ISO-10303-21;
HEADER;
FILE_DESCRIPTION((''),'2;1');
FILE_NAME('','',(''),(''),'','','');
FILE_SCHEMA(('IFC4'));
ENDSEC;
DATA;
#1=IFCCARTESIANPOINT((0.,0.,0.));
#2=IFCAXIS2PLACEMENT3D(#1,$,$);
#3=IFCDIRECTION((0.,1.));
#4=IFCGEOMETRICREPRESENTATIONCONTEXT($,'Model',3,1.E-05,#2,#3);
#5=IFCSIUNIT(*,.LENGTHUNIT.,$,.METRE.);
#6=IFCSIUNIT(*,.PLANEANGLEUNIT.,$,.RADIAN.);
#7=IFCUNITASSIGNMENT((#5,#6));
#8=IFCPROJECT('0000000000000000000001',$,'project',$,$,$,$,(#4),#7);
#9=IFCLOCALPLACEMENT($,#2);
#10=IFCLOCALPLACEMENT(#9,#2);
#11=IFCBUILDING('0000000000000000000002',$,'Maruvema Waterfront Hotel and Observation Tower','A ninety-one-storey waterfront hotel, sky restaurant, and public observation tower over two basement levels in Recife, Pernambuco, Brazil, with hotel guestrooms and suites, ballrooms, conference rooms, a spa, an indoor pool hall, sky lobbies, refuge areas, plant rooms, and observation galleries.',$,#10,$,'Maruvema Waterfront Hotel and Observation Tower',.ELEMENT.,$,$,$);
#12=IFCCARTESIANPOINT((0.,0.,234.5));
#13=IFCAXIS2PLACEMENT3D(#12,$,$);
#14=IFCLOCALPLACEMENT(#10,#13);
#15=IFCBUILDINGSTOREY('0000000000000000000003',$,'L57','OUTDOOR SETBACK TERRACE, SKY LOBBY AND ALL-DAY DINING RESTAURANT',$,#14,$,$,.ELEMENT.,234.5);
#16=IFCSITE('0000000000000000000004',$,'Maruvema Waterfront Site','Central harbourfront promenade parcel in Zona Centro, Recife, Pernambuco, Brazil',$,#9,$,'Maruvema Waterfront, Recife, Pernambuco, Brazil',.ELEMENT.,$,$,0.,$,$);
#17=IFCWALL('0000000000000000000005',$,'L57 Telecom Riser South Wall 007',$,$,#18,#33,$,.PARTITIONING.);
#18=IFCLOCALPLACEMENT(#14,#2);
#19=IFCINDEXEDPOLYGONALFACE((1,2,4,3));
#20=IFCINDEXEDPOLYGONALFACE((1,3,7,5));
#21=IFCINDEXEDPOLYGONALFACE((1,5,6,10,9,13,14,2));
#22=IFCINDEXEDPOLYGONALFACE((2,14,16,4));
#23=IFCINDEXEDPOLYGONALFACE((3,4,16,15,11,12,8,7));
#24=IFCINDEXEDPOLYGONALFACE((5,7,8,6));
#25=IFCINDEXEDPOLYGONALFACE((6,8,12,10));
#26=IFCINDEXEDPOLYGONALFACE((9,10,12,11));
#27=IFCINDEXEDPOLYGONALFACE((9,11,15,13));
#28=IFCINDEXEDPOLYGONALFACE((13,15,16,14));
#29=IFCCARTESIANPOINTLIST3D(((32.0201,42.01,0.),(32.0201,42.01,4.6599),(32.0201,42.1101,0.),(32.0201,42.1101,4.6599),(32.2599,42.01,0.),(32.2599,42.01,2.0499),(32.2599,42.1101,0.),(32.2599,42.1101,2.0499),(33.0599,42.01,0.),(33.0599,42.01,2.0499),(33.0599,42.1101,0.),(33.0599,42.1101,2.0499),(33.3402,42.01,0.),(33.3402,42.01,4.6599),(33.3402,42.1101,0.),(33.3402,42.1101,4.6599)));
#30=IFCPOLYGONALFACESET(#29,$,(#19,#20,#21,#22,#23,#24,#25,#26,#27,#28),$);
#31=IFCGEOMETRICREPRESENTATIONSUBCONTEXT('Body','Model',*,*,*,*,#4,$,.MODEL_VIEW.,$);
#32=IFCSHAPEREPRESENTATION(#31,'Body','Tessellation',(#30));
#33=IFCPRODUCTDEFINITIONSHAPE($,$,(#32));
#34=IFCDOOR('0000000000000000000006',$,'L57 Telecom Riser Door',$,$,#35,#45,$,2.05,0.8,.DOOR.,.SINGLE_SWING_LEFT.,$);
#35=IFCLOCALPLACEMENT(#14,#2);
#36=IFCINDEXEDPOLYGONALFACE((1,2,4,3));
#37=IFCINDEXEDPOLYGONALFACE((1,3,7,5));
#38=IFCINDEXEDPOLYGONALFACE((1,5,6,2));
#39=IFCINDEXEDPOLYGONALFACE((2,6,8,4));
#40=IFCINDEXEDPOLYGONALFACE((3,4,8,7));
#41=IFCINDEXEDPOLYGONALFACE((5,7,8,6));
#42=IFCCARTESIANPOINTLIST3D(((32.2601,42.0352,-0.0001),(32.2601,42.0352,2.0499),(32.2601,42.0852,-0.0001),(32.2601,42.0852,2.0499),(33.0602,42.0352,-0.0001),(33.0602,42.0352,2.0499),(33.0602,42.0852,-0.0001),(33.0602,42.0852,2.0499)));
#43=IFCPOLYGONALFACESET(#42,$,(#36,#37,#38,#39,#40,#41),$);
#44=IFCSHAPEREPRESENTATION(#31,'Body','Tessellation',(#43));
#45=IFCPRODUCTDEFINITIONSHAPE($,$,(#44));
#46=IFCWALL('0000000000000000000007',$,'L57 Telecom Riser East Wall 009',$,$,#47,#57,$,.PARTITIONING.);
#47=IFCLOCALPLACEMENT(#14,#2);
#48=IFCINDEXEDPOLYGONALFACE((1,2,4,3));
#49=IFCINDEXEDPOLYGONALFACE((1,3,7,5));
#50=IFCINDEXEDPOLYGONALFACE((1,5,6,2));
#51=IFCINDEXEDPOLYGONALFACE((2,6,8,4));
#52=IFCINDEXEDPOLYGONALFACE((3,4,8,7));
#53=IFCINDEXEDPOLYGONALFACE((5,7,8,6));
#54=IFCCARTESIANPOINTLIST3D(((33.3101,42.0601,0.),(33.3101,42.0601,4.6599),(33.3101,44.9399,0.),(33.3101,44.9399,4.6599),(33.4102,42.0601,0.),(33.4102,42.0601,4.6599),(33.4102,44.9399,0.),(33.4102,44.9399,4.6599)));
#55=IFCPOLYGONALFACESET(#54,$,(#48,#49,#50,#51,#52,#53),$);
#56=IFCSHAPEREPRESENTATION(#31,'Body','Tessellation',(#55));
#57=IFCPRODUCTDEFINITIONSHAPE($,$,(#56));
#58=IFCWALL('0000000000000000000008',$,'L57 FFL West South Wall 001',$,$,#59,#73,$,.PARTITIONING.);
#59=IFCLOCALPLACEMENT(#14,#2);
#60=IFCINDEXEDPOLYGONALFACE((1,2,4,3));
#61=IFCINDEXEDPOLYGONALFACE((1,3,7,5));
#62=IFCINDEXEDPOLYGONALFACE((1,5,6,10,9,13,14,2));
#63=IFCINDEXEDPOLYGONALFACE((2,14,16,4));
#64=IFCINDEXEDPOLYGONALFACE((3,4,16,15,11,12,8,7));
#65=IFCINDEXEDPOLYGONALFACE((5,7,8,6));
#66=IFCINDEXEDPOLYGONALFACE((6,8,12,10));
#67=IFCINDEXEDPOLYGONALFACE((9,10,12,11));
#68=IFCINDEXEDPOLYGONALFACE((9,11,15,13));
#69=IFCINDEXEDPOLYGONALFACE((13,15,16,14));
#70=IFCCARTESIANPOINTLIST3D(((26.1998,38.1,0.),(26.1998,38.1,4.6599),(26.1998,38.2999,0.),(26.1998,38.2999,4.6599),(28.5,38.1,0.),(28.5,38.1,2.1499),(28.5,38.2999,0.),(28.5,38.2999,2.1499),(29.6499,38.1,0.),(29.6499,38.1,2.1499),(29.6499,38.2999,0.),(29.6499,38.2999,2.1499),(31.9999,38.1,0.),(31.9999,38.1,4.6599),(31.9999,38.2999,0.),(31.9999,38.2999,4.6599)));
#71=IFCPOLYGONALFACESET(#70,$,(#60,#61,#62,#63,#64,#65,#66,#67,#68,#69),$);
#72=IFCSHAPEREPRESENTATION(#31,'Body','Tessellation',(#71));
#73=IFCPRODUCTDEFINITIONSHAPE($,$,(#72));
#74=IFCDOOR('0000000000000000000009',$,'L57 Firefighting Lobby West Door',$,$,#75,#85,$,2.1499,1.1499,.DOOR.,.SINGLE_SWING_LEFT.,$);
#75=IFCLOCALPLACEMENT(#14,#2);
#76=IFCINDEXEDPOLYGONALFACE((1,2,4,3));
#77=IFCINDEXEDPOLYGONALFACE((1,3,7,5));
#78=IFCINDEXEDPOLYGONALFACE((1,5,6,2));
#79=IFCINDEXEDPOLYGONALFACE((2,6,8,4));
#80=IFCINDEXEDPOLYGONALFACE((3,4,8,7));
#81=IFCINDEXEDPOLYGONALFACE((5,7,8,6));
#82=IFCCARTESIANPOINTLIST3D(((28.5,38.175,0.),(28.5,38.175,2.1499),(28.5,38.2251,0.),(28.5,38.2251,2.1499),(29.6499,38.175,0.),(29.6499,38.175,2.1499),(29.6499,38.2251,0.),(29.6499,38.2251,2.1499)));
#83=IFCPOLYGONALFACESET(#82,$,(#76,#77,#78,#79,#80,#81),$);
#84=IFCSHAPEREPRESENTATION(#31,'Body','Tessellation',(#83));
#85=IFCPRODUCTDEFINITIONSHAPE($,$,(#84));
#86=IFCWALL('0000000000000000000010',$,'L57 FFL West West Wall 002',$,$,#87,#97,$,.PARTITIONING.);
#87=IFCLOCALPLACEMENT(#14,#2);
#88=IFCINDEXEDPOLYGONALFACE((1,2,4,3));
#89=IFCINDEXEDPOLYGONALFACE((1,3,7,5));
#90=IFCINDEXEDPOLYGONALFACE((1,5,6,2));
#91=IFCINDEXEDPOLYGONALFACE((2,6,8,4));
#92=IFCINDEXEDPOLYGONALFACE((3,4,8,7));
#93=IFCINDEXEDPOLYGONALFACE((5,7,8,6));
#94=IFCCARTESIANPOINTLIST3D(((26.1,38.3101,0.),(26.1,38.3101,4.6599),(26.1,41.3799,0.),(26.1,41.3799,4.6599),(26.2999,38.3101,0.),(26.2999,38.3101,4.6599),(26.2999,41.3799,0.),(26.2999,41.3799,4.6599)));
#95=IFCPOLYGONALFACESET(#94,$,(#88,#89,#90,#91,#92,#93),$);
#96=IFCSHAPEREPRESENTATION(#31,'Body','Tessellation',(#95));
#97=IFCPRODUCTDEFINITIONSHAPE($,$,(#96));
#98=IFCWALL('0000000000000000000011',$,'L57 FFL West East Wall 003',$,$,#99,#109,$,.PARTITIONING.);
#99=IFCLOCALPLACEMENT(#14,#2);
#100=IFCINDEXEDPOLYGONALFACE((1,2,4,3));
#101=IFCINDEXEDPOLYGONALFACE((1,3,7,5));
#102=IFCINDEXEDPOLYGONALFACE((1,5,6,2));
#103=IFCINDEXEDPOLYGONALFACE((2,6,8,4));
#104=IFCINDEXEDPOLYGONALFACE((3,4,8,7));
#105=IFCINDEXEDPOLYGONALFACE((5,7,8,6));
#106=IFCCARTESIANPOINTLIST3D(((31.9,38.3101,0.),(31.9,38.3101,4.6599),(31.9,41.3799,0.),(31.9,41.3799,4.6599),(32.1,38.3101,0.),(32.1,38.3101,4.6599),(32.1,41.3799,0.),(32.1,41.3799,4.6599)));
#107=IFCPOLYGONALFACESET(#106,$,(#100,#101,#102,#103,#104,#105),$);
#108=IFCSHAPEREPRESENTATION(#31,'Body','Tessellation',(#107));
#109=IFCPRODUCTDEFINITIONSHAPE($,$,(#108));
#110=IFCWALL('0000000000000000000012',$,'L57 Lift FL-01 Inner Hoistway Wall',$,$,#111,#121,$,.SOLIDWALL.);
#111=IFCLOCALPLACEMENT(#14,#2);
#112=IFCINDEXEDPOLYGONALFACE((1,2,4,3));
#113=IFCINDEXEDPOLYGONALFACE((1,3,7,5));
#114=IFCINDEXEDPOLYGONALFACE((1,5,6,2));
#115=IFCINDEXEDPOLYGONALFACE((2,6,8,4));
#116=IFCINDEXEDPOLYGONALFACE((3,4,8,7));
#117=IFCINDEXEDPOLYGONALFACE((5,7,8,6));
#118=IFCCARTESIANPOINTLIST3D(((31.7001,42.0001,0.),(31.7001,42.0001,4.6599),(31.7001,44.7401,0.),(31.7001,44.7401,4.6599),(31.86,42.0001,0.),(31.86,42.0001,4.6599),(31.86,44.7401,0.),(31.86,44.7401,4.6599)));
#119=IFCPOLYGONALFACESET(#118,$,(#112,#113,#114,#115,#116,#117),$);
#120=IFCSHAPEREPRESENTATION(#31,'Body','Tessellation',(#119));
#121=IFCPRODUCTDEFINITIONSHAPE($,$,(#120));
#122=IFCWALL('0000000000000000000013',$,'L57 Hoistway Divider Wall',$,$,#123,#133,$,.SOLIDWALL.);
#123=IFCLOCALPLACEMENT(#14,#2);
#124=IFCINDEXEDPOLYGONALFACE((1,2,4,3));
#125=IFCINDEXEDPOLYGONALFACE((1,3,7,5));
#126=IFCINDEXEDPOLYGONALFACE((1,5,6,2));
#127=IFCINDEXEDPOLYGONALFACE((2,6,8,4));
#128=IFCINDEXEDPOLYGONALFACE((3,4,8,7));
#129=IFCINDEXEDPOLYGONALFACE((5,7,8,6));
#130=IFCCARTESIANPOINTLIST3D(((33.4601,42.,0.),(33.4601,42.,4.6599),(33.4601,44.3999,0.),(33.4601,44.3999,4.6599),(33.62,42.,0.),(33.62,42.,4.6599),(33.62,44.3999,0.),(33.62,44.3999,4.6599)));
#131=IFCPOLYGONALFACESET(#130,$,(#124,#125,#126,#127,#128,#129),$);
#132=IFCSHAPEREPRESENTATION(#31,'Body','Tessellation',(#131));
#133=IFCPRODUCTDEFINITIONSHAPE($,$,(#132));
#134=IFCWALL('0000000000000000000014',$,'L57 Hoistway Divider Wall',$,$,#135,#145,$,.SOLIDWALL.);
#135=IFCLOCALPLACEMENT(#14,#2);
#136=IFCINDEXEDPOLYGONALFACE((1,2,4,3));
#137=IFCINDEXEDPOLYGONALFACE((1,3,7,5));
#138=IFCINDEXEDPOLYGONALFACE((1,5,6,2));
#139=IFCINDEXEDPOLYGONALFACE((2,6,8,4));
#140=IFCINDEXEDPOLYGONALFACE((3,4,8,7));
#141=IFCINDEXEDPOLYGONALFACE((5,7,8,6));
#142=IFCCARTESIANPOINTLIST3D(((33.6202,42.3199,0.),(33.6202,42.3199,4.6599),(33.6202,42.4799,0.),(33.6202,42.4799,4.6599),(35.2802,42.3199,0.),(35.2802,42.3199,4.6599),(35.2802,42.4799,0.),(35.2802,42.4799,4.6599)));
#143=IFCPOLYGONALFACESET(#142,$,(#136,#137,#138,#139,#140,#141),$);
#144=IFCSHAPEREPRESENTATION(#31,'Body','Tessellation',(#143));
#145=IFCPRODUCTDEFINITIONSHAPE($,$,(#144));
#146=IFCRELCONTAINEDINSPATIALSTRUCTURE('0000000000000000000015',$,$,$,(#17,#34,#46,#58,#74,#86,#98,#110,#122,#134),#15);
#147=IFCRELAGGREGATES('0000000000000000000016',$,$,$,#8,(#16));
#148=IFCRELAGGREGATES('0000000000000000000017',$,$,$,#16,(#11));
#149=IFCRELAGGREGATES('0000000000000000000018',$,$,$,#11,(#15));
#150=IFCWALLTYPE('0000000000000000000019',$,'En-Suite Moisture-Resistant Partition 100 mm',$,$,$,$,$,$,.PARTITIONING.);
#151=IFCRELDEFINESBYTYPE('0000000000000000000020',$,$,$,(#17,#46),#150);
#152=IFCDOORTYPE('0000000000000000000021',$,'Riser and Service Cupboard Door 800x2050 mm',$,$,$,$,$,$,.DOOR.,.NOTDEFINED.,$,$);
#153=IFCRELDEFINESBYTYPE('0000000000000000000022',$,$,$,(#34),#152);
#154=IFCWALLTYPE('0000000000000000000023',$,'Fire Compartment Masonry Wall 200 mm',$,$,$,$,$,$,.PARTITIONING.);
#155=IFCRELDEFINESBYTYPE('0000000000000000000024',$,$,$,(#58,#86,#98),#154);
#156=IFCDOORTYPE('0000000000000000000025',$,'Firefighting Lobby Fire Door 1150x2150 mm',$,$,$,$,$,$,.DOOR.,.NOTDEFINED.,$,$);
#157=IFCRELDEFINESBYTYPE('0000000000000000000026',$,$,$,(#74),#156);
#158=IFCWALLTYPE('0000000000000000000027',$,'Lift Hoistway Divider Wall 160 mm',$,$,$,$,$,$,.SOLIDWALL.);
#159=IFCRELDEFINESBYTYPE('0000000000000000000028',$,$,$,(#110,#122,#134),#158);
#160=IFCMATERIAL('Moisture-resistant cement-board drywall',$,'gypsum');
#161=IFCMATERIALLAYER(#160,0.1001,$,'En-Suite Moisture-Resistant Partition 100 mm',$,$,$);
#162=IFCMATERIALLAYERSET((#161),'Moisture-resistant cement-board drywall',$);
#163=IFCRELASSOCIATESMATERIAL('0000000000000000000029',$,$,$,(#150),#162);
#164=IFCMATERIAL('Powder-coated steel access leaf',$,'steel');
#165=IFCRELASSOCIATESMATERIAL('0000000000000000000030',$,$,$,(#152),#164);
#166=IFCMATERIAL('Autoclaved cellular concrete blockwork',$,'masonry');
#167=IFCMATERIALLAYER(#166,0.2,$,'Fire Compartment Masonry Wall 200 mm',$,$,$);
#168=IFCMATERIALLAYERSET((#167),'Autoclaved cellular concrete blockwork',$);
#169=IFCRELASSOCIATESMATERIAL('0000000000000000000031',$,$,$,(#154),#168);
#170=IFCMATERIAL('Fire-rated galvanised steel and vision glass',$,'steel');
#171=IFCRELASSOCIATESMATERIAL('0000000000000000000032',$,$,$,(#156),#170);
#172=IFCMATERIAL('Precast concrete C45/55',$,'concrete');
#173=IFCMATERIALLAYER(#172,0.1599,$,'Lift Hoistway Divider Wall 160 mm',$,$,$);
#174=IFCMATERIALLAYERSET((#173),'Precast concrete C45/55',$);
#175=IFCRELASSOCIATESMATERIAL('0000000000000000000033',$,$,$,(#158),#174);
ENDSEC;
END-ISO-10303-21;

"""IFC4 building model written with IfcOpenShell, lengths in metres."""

from ifc_helpers import new_model, si_unit, direction, frame, frame_2d, origin, place, context, subcontext, project, spatial, rectangle, extrude, material, layer, layer_set, type_object, element, fill, save


model = new_model("IFC4")

# Units and contexts
model_context = context("Model", 3, precision=1e-05, world=origin(), true_north=direction((0.0, 1.0)))
body_context = subcontext(model_context, "Body", "Model", "MODEL_VIEW")
ifc_project = project(units=[si_unit("LENGTHUNIT", "METRE"), si_unit("PLANEANGLEUNIT", "RADIAN")], contexts=[model_context])

# Site, building, storey
site_placement = place(None, origin())
site = spatial("IfcSite", under=ifc_project, at=site_placement, Name="Maruvema Waterfront Site", Description="Central harbourfront promenade parcel in Zona Centro, Recife, Pernambuco, Brazil", LongName="Maruvema Waterfront, Recife, Pernambuco, Brazil", CompositionType="ELEMENT", RefElevation=0.0)
building_placement = place(site_placement, origin())
building = spatial("IfcBuilding", under=site, at=building_placement, Name="Maruvema Waterfront Hotel and Observation Tower", Description="A ninety-one-storey waterfront hotel, sky restaurant, and public observation tower over two basement levels in Recife, Pernambuco, Brazil, with hotel guestrooms and suites, ballrooms, conference rooms, a spa, an indoor pool hall, sky lobbies, refuge areas, plant rooms, and observation galleries.", LongName="Maruvema Waterfront Hotel and Observation Tower", CompositionType="ELEMENT")
storey_placement = place(building_placement, frame((0.0, 0.0, 234.5)))
storey = spatial("IfcBuildingStorey", under=building, at=storey_placement, Name="L57", Description="OUTDOOR SETBACK TERRACE, SKY LOBBY AND ALL-DAY DINING RESTAURANT", CompositionType="ELEMENT", Elevation=234.5)

# Wall, opening, door
ifc_material_1 = material(Name="Moisture-resistant cement-board drywall", Category="gypsum")
ifc_layer_1 = layer(ifc_material_1, 0.1001, Name="En-Suite Moisture-Resistant Partition 100 mm")
ifc_layer_set_1 = layer_set([ifc_layer_1], Name="Moisture-resistant cement-board drywall")
wall_type_1 = type_object("IfcWallType", Name="En-Suite Moisture-Resistant Partition 100 mm", PredefinedType="PARTITIONING", material=ifc_layer_set_1)
wall_1_placement = place(storey_placement, frame((32.02, 42.0601, 0.0), z_axis=(0.0, 0.0, 1.0), x_axis=(1.0, 0.0, 0.0)))
wall_1 = element("IfcWall", 1, at=wall_1_placement, inside=storey, type_object=wall_type_1, Name="L57 Telecom Riser South Wall 007", PredefinedType="PARTITIONING", context=body_context, shape_type="SweptSolid", body=[
    extrude(rectangle(XDim=1.3201, YDim=0.1001, at=frame_2d((0.6602, 0.0))), origin(), (0.0, 0.0, 1.0), 4.6599),
])
opening_1_placement = place(wall_1_placement, frame((0.24, 0.0, 0.0)))
opening_1 = element("IfcOpeningElement", 2, at=opening_1_placement, cuts=wall_1, PredefinedType="OPENING", context=body_context, shape_type="SweptSolid", body=[
    extrude(rectangle(XDim=0.8, YDim=2.05, at=frame_2d((0.3999, 1.0249))), frame((0.0, 0.0601, 0.0), z_axis=(0.0, -1.0, 0.0), x_axis=(1.0, 0.0, 0.0)), (0.0, 0.0, 1.0), 0.1201),
])
ifc_material_2 = material(Name="Powder-coated steel access leaf", Category="steel")
door_type_1 = type_object("IfcDoorType", Name="Riser and Service Cupboard Door 800x2050 mm", OperationType="NOTDEFINED", PredefinedType="DOOR", material=ifc_material_2)
door_1_placement = place(opening_1_placement, frame((0.8, 0.0, 0.0), z_axis=(0.0, 0.0, 1.0), x_axis=(-1.0, 0.0, 0.0)))
door_1 = element("IfcDoor", 3, at=door_1_placement, inside=storey, type_object=door_type_1, Name="L57 Telecom Riser Door", OperationType="SINGLE_SWING_LEFT", OverallHeight=2.05, OverallWidth=0.8, PredefinedType="DOOR", context=body_context, shape_type="SweptSolid", body=[
    extrude(rectangle(XDim=0.8, YDim=2.05, at=frame_2d((0.3999, 1.0249))), frame((0.0, 0.0249, 0.0), z_axis=(0.0, -1.0, 0.0), x_axis=(1.0, 0.0, 0.0)), (0.0, 0.0, 1.0), 0.05),
])
fill(opening_1, door_1)

# Wall
wall_2_placement = place(storey_placement, frame((33.3601, 42.0601, 0.0), z_axis=(0.0, 0.0, 1.0), x_axis=(0.0, 1.0, 0.0)))
element("IfcWall", 4, at=wall_2_placement, inside=storey, type_object=wall_type_1, Name="L57 Telecom Riser East Wall 009", PredefinedType="PARTITIONING", context=body_context, shape_type="SweptSolid", body=[
    extrude(rectangle(XDim=2.8799, YDim=0.1001, at=frame_2d((1.4399, 0.0))), origin(), (0.0, 0.0, 1.0), 4.6599),
])

# Wall, opening, door
ifc_material_3 = material(Name="Autoclaved cellular concrete blockwork", Category="masonry")
ifc_layer_2 = layer(ifc_material_3, 0.2, Name="Fire Compartment Masonry Wall 200 mm")
ifc_layer_set_2 = layer_set([ifc_layer_2], Name="Autoclaved cellular concrete blockwork")
wall_type_2 = type_object("IfcWallType", Name="Fire Compartment Masonry Wall 200 mm", PredefinedType="PARTITIONING", material=ifc_layer_set_2)
wall_3_placement = place(storey_placement, frame((26.2, 38.2, 0.0), z_axis=(0.0, 0.0, 1.0), x_axis=(1.0, 0.0, 0.0)))
wall_3 = element("IfcWall", 5, at=wall_3_placement, inside=storey, type_object=wall_type_2, Name="L57 FFL West South Wall 001", PredefinedType="PARTITIONING", context=body_context, shape_type="SweptSolid", body=[
    extrude(rectangle(XDim=5.8, YDim=0.2, at=frame_2d((2.8999, 0.0))), origin(), (0.0, 0.0, 1.0), 4.6599),
])
opening_2_placement = place(wall_3_placement, frame((2.3, 0.0, 0.0)))
opening_2 = element("IfcOpeningElement", 6, at=opening_2_placement, cuts=wall_3, PredefinedType="OPENING", context=body_context, shape_type="SweptSolid", body=[
    extrude(rectangle(XDim=1.1499, YDim=2.1499, at=frame_2d((0.575, 1.075))), frame((0.0, 0.1099, 0.0), z_axis=(0.0, -1.0, 0.0), x_axis=(1.0, 0.0, 0.0)), (0.0, 0.0, 1.0), 0.22),
])
ifc_material_4 = material(Name="Fire-rated galvanised steel and vision glass", Category="steel")
door_type_2 = type_object("IfcDoorType", Name="Firefighting Lobby Fire Door 1150x2150 mm", OperationType="NOTDEFINED", PredefinedType="DOOR", material=ifc_material_4)
door_2_placement = place(opening_2_placement, frame((1.1499, 0.0, 0.0), z_axis=(0.0, 0.0, 1.0), x_axis=(-1.0, 0.0, 0.0)))
door_2 = element("IfcDoor", 7, at=door_2_placement, inside=storey, type_object=door_type_2, Name="L57 Firefighting Lobby West Door", OperationType="SINGLE_SWING_LEFT", OverallHeight=2.1499, OverallWidth=1.1499, PredefinedType="DOOR", context=body_context, shape_type="SweptSolid", body=[
    extrude(rectangle(XDim=1.1499, YDim=2.1499, at=frame_2d((0.575, 1.075))), frame((0.0, 0.0249, 0.0), z_axis=(0.0, -1.0, 0.0), x_axis=(1.0, 0.0, 0.0)), (0.0, 0.0, 1.0), 0.05),
])
fill(opening_2, door_2)

# Walls
for number, where, z_axis, x_axis, name in (
    (8, (26.2, 38.3101, 0.0), (0.0, 0.0, 1.0), (0.0, 1.0, 0.0), "L57 FFL West West Wall 002"),
    (9, (32.0, 38.3101, 0.0), (0.0, 0.0, 1.0), (0.0, 1.0, 0.0), "L57 FFL West East Wall 003"),
):
    element("IfcWall", number, at=place(storey_placement, frame(where, z_axis=z_axis, x_axis=x_axis)), inside=storey, type_object=wall_type_2, Name=name, PredefinedType="PARTITIONING", context=body_context, shape_type="SweptSolid", body=[
        extrude(rectangle(XDim=3.0698, YDim=0.2, at=frame_2d((1.5349, 0.0))), origin(), (0.0, 0.0, 1.0), 4.6599),
    ])
ifc_material_5 = material(Name="Precast concrete C45/55", Category="concrete")
ifc_layer_3 = layer(ifc_material_5, 0.1599, Name="Lift Hoistway Divider Wall 160 mm")
ifc_layer_set_3 = layer_set([ifc_layer_3], Name="Precast concrete C45/55")
wall_type_3 = type_object("IfcWallType", Name="Lift Hoistway Divider Wall 160 mm", PredefinedType="SOLIDWALL", material=ifc_layer_set_3)
wall_4_placement = place(storey_placement, frame((31.78, 42.0, 0.0), z_axis=(0.0, 0.0, 1.0), x_axis=(0.0, 1.0, 0.0)))
element("IfcWall", 10, at=wall_4_placement, inside=storey, type_object=wall_type_3, Name="L57 Lift FL-01 Inner Hoistway Wall", PredefinedType="SOLIDWALL", context=body_context, shape_type="SweptSolid", body=[
    extrude(rectangle(XDim=2.74, YDim=0.1599, at=frame_2d((1.3701, 0.0))), origin(), (0.0, 0.0, 1.0), 4.6599),
])
wall_5_placement = place(storey_placement, frame((33.54, 42.0, 0.0), z_axis=(0.0, 0.0, 1.0), x_axis=(0.0, 1.0, 0.0)))
element("IfcWall", 11, at=wall_5_placement, inside=storey, type_object=wall_type_3, Name="L57 Hoistway Divider Wall", PredefinedType="SOLIDWALL", context=body_context, shape_type="SweptSolid", body=[
    extrude(rectangle(XDim=2.3999, YDim=0.1599, at=frame_2d((1.2, 0.0))), origin(), (0.0, 0.0, 1.0), 4.6599),
])
wall_6_placement = place(storey_placement, frame((33.6201, 42.3999, 0.0), z_axis=(0.0, 0.0, 1.0), x_axis=(1.0, 0.0, 0.0)))
element("IfcWall", 12, at=wall_6_placement, inside=storey, type_object=wall_type_3, Name="L57 Hoistway Divider Wall", PredefinedType="SOLIDWALL", context=body_context, shape_type="SweptSolid", body=[
    extrude(rectangle(XDim=1.6599, YDim=0.1599, at=frame_2d((0.8301, 0.0))), origin(), (0.0, 0.0, 1.0), 4.6599),
])

save(model, "model.ifc")
